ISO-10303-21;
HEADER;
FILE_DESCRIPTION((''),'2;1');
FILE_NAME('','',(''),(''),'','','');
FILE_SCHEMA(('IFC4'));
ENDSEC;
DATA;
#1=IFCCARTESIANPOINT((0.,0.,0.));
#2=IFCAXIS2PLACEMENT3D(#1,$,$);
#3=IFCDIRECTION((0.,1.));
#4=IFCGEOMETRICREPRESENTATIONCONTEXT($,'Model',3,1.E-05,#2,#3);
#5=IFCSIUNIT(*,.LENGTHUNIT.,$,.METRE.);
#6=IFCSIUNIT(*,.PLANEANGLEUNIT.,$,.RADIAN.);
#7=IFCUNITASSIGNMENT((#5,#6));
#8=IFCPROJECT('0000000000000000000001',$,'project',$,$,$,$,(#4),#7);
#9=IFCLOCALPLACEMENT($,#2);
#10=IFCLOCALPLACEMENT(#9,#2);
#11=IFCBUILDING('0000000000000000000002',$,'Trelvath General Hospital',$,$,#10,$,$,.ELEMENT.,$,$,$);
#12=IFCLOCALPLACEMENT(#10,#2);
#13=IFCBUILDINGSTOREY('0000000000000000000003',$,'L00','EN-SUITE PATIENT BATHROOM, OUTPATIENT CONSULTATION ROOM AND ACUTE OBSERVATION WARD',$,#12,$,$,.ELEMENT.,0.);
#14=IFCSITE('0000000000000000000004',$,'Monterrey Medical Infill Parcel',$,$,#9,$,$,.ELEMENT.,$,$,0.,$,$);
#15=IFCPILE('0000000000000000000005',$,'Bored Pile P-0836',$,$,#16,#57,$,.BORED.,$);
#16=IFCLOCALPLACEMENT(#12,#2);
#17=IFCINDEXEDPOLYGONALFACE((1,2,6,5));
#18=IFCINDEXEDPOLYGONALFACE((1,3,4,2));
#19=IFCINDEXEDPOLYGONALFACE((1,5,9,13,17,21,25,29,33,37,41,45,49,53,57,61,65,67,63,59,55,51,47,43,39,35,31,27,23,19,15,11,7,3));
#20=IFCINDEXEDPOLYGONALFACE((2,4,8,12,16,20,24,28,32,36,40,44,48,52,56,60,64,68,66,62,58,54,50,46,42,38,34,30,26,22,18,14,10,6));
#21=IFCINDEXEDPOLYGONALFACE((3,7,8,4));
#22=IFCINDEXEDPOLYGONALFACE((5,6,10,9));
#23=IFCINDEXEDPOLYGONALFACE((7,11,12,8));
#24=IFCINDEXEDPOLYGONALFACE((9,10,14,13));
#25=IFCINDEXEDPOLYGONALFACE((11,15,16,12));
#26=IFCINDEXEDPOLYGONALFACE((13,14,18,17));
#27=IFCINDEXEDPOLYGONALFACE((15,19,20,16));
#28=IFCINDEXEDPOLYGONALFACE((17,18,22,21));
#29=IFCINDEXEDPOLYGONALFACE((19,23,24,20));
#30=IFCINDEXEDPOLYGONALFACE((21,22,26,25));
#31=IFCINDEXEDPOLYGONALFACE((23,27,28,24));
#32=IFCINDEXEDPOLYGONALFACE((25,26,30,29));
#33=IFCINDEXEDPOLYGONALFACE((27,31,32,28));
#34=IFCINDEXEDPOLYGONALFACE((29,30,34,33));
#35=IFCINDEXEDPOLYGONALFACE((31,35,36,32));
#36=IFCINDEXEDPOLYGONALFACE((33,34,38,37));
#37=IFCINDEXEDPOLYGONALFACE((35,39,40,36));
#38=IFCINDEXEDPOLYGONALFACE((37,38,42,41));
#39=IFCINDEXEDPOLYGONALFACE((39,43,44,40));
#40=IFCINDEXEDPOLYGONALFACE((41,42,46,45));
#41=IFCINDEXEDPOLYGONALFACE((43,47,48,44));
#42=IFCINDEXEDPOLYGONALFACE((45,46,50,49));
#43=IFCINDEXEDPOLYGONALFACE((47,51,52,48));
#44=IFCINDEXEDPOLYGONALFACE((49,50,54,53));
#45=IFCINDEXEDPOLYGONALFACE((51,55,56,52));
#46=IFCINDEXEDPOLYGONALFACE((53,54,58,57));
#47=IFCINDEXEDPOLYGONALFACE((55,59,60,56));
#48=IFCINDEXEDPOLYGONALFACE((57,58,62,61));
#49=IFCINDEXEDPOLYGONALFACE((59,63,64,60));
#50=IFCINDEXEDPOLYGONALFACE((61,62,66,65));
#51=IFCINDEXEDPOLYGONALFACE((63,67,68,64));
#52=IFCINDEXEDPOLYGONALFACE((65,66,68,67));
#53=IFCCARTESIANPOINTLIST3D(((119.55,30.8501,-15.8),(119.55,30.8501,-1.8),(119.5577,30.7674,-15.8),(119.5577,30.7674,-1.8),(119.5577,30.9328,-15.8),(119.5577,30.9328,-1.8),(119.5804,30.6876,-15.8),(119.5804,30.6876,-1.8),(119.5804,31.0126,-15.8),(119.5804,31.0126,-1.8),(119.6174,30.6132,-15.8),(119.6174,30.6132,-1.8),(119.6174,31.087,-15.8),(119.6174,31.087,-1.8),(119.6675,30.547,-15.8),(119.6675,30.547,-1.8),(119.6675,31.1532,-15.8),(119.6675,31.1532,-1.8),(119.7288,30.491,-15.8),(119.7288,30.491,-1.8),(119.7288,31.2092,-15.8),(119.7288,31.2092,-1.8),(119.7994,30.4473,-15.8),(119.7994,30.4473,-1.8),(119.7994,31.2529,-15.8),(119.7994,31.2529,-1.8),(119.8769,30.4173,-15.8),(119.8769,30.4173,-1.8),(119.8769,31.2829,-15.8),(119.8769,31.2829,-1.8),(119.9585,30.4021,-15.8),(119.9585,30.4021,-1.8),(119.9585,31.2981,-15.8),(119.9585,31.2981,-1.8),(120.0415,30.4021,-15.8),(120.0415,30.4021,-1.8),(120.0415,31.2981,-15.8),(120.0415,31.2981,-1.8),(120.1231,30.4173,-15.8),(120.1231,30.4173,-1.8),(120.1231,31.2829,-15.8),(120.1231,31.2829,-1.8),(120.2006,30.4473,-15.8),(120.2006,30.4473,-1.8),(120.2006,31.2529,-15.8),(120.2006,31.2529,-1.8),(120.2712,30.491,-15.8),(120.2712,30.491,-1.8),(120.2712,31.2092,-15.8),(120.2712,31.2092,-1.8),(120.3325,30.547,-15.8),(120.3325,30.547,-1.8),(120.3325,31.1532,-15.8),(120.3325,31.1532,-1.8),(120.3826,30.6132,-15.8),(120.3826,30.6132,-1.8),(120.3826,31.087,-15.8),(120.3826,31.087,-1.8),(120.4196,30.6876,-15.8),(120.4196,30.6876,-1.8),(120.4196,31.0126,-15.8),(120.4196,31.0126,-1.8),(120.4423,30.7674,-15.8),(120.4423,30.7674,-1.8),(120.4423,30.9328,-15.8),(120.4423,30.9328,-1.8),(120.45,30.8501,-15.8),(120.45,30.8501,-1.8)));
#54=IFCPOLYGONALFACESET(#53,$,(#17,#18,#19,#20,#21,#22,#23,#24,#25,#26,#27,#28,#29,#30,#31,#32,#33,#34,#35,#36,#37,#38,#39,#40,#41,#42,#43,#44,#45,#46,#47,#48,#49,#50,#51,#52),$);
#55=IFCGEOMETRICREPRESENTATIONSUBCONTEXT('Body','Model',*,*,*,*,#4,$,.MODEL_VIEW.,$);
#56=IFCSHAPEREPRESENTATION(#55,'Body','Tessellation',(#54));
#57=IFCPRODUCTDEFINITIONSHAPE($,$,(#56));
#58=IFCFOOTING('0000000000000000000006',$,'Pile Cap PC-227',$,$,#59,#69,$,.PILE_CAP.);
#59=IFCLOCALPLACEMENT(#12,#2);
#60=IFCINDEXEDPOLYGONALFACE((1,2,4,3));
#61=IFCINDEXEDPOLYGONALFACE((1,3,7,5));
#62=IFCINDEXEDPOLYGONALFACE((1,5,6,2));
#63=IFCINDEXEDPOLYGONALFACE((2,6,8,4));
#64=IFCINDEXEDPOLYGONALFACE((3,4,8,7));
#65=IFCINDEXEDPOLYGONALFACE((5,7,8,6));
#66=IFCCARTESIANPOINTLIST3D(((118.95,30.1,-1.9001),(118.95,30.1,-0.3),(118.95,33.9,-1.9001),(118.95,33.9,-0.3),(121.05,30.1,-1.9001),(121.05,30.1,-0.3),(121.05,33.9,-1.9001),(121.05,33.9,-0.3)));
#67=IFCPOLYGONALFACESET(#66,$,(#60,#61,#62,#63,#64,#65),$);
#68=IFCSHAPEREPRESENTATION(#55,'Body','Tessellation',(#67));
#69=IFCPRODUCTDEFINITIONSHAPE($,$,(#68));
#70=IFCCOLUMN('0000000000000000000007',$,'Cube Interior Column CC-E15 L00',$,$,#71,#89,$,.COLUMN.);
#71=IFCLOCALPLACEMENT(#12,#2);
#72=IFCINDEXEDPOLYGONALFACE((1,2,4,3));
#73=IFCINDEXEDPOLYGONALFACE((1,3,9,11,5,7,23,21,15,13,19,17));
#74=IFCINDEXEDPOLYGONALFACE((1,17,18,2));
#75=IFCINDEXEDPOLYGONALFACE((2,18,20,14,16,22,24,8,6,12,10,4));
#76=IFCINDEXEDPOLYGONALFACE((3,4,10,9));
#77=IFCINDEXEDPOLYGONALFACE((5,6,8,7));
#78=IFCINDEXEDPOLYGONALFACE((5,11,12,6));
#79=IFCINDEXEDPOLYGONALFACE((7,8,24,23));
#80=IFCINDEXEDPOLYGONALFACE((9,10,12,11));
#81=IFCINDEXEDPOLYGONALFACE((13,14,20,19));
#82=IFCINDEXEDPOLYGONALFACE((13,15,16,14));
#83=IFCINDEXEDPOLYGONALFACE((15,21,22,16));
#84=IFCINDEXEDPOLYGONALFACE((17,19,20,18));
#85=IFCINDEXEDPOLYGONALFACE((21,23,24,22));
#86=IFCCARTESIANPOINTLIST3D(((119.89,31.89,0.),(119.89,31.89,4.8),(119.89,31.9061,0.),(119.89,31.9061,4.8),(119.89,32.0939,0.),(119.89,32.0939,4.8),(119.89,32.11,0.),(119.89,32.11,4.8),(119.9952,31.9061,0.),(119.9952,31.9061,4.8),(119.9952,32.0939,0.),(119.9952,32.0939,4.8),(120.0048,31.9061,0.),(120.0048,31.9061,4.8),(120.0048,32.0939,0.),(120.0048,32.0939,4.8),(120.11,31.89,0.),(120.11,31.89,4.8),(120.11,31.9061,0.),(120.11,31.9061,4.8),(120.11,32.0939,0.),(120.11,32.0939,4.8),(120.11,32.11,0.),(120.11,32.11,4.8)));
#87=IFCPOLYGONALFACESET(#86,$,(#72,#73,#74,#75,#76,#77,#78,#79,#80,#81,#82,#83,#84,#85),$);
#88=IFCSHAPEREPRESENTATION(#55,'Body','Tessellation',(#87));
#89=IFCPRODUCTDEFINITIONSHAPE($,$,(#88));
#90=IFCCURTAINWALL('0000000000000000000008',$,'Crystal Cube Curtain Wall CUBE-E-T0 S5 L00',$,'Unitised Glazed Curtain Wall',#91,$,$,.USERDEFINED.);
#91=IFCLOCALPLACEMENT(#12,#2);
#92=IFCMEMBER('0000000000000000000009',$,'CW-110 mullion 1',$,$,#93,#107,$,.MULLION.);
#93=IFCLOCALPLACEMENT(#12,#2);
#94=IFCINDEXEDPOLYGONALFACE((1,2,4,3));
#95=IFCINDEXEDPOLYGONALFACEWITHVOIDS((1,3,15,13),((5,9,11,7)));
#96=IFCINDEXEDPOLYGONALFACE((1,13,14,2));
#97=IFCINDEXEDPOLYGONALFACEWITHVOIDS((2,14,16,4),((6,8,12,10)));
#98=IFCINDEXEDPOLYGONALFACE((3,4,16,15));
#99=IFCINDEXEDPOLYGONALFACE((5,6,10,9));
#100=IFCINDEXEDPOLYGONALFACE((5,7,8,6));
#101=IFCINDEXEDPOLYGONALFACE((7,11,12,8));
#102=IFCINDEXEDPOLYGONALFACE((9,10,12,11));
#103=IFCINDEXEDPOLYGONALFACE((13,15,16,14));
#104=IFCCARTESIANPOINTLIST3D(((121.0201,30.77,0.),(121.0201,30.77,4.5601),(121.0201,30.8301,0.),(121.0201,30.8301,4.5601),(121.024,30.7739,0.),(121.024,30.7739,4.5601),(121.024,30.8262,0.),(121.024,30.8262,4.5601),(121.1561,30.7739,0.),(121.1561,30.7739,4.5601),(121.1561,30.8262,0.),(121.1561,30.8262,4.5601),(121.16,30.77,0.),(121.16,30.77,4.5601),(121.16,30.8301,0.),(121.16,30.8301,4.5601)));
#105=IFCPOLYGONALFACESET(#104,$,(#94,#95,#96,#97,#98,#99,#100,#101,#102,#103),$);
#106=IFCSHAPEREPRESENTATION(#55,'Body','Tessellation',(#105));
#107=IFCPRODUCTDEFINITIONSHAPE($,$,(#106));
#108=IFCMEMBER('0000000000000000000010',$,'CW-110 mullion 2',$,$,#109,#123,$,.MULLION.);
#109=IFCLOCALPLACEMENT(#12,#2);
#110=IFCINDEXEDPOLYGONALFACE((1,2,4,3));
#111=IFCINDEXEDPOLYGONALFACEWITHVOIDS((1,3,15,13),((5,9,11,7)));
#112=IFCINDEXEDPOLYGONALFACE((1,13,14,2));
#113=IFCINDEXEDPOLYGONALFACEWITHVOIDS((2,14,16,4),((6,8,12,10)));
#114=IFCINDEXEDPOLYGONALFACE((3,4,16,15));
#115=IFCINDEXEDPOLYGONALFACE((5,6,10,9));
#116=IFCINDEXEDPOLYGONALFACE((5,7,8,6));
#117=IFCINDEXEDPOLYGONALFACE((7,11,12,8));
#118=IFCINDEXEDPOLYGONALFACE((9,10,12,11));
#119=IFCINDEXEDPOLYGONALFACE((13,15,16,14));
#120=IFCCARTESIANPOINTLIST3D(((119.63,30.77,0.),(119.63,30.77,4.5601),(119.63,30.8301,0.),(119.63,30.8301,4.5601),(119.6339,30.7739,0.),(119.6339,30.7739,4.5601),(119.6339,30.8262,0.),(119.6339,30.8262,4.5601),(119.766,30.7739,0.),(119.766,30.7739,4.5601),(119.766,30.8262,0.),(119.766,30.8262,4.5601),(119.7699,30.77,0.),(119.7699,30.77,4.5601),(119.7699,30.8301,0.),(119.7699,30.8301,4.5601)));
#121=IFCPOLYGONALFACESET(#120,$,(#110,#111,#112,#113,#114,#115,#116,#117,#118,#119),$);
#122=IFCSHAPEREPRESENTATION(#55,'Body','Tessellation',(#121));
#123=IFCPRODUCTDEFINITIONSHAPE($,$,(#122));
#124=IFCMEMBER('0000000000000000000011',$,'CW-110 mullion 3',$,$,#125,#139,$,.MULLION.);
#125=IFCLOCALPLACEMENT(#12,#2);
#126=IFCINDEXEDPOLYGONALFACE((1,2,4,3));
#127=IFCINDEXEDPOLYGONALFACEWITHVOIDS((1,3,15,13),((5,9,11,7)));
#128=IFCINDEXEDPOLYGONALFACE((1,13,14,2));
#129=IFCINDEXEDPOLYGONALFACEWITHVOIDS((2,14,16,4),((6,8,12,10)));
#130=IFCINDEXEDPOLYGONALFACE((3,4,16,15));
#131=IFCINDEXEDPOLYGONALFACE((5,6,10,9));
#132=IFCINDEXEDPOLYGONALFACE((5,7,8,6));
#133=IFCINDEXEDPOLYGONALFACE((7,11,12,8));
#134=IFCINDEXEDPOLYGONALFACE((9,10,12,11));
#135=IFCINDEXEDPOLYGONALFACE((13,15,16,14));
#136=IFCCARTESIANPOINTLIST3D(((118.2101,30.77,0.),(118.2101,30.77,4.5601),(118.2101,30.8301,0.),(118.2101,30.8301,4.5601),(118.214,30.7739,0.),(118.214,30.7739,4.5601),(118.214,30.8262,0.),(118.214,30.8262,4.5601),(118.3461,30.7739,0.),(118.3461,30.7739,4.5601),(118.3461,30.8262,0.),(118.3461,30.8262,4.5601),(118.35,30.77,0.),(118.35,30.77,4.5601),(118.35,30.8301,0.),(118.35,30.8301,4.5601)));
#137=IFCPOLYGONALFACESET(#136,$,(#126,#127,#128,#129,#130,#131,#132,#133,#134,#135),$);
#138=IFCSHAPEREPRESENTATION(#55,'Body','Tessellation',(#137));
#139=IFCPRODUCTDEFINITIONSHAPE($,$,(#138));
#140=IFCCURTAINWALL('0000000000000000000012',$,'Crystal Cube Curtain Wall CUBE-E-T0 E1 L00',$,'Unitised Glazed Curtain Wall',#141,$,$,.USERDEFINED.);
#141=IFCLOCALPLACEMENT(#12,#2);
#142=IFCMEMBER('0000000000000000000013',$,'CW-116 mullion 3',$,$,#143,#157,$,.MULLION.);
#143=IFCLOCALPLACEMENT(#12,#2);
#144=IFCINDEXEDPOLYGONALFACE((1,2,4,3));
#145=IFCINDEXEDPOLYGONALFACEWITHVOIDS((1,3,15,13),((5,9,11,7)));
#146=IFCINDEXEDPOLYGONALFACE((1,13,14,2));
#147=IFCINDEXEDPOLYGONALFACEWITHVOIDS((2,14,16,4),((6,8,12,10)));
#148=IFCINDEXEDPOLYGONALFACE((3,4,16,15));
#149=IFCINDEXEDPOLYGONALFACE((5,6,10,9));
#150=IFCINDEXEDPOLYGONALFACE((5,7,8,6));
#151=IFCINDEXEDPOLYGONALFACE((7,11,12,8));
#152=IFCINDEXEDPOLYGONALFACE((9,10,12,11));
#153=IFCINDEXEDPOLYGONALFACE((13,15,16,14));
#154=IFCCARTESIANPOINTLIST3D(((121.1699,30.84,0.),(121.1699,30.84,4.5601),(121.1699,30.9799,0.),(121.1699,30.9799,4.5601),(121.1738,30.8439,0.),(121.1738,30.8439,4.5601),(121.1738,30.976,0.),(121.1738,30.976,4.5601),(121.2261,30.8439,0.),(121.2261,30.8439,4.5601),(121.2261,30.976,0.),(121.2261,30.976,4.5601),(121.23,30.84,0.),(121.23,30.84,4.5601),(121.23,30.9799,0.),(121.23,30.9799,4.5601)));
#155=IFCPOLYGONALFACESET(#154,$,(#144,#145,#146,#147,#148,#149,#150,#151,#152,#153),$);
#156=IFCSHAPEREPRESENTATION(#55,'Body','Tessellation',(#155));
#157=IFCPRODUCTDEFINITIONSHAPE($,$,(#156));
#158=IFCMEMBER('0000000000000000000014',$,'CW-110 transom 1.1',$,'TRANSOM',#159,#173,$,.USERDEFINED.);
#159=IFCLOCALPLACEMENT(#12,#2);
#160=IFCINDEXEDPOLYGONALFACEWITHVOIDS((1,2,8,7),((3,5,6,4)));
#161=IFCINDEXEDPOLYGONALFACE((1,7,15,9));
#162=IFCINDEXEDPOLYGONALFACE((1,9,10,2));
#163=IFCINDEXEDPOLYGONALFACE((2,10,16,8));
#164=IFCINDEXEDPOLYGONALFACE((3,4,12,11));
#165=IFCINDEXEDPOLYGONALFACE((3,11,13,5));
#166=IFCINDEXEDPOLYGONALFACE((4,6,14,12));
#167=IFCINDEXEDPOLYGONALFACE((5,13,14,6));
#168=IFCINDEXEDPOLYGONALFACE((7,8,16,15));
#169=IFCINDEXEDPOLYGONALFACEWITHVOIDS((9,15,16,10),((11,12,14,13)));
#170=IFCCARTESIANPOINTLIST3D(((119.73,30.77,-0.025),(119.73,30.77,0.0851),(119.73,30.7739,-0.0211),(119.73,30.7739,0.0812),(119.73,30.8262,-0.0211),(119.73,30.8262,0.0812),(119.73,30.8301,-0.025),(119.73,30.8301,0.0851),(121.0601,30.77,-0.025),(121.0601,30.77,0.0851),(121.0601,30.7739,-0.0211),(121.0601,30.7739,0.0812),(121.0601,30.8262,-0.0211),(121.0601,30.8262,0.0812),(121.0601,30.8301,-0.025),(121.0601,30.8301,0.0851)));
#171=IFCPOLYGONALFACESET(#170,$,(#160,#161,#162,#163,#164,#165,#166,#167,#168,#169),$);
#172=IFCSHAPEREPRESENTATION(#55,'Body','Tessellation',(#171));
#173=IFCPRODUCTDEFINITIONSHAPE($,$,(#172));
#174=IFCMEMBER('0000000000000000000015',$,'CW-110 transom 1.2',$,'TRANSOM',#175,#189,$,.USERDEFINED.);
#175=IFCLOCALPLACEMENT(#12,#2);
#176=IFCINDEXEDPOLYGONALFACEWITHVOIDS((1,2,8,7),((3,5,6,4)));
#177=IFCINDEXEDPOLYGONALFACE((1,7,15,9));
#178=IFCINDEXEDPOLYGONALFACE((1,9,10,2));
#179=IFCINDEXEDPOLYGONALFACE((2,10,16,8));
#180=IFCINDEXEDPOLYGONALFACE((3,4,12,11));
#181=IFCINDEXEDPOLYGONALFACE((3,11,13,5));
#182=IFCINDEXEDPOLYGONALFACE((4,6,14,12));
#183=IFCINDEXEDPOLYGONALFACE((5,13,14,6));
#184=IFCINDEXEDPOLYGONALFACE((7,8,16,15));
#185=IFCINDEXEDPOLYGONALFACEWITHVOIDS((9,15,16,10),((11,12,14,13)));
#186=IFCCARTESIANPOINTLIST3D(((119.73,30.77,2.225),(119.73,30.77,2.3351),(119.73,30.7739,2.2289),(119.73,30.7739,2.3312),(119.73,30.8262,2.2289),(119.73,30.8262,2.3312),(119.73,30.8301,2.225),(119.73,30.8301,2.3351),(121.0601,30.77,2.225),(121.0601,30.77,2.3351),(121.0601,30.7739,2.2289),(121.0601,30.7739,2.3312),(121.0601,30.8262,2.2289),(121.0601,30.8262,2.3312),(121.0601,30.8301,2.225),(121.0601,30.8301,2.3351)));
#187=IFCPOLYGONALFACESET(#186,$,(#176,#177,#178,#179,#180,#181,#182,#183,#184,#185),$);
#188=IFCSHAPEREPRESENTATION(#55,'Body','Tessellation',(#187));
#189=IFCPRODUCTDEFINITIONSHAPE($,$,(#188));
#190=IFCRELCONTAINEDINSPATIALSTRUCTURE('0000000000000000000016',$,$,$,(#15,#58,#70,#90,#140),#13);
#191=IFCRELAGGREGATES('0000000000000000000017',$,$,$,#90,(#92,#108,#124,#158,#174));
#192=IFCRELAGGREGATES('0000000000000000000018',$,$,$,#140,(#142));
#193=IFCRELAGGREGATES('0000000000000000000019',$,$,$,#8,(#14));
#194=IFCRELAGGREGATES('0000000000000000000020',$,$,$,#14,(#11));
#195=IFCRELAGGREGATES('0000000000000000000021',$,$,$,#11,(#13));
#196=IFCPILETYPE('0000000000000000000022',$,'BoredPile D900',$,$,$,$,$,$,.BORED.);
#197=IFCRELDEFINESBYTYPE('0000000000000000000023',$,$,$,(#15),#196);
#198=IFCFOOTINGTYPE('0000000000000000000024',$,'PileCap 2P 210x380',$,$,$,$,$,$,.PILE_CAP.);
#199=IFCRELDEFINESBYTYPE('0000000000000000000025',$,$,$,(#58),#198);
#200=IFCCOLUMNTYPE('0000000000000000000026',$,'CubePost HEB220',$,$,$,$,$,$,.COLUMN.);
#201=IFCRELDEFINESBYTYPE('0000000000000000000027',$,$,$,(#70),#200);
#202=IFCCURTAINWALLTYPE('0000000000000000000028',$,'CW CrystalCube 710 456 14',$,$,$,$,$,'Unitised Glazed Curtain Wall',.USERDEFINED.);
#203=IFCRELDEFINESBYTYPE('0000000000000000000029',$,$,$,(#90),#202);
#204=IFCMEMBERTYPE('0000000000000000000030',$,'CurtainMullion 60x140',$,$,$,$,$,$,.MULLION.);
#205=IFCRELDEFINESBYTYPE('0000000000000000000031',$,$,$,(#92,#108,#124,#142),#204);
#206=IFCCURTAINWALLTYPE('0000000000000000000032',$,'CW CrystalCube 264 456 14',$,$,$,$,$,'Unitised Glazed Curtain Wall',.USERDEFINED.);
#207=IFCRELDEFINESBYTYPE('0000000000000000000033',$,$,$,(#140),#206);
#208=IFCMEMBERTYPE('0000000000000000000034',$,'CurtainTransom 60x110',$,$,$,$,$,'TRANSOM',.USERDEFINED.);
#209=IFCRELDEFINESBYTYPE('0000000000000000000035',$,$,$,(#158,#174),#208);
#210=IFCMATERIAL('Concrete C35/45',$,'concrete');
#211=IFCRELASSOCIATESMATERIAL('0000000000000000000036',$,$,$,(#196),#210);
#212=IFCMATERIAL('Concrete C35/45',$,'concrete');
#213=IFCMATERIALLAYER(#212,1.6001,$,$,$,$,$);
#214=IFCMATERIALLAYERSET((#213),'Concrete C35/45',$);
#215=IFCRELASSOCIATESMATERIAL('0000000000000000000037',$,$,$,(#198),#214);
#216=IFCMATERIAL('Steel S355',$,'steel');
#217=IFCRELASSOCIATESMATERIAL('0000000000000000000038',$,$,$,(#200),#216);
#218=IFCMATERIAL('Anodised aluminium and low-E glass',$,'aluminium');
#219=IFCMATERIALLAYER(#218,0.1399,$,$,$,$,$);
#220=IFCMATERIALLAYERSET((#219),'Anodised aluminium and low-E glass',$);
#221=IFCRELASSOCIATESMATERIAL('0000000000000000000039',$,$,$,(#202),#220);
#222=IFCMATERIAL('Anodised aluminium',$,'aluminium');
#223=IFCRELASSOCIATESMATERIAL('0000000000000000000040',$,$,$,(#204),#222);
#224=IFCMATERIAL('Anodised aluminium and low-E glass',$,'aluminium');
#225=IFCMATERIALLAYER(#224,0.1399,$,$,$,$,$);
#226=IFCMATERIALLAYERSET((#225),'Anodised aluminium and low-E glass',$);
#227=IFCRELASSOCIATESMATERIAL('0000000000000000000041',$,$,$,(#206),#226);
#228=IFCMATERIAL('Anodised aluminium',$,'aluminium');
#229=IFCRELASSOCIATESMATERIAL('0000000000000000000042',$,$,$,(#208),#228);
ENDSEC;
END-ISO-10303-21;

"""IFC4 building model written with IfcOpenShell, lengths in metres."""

from ifc_helpers import new_model, si_unit, direction, frame, origin, origin_2d, place, context, subcontext, project, spatial, rectangle, hollow_rectangle, circle, i_section, extrude, material, layer, layer_set, material_profile, profile_set, type_object, element, aggregate, save


model = new_model("IFC4")

# Units and contexts
model_context = context("Model", 3, precision=1e-05, world=origin(), true_north=direction((0.0, 1.0)))
body_context = subcontext(model_context, "Body", "Model", "MODEL_VIEW")
ifc_project = project(units=[si_unit("LENGTHUNIT", "METRE"), si_unit("PLANEANGLEUNIT", "RADIAN")], contexts=[model_context])

# Site, building, storey
site_placement = place(None, origin())
site = spatial("IfcSite", under=ifc_project, at=site_placement, Name="Monterrey Medical Infill Parcel", CompositionType="ELEMENT", RefElevation=0.0)
building_placement = place(site_placement, origin())
building = spatial("IfcBuilding", under=site, at=building_placement, Name="Trelvath General Hospital", CompositionType="ELEMENT")
storey_placement = place(building_placement, origin())
storey = spatial("IfcBuildingStorey", under=building, at=storey_placement, Name="L00", Description="EN-SUITE PATIENT BATHROOM, OUTPATIENT CONSULTATION ROOM AND ACUTE OBSERVATION WARD", CompositionType="ELEMENT", Elevation=0.0)

# Pile
ifc_material_1 = material(Name="Concrete C35/45", Category="concrete")
ifc_material_profile_1 = material_profile(ifc_material_1, circle(Radius=0.45, at=origin_2d()), Name="PILE900")
ifc_profile_set_1 = profile_set([ifc_material_profile_1], Name="Concrete C35/45")
pile_type = type_object("IfcPileType", Name="BoredPile D900", PredefinedType="BORED", material=ifc_profile_set_1)
pile_placement = place(storey_placement, frame((120.0, 30.8501, -1.8), z_axis=(0.0, 0.0, -1.0), x_axis=(1.0, 0.0, 0.0)))
element("IfcPile", 1, at=pile_placement, inside=storey, type_object=pile_type, Name="Bored Pile P-0836", PredefinedType="BORED", context=body_context, shape_type="SweptSolid", body=[
    extrude(circle(Radius=0.45, at=origin_2d()), origin(), (0.0, 0.0, 1.0), 14.0),
])

# Footing
ifc_material_2 = material(Name="Concrete C35/45", Category="concrete")
ifc_layer_1 = layer(ifc_material_2, 1.6001)
ifc_layer_set_1 = layer_set([ifc_layer_1], Name="Concrete C35/45")
footing_type = type_object("IfcFootingType", Name="PileCap 2P 210x380", PredefinedType="PILE_CAP", material=ifc_layer_set_1)
footing_placement = place(storey_placement, frame((120.0, 32.0, -1.9001), z_axis=(0.0, 0.0, 1.0), x_axis=(1.0, 0.0, 0.0)))
element("IfcFooting", 2, at=footing_placement, inside=storey, type_object=footing_type, Name="Pile Cap PC-227", PredefinedType="PILE_CAP", context=body_context, shape_type="SweptSolid", body=[
    extrude(rectangle(XDim=2.1001, YDim=3.8, at=origin_2d()), origin(), (0.0, 0.0, 1.0), 1.6001),
])

# Column
ifc_material_3 = material(Name="Steel S355", Category="steel")
ifc_material_profile_2 = material_profile(ifc_material_3, i_section(OverallWidth=0.22, OverallDepth=0.22, WebThickness=0.0095, FlangeThickness=0.0161, at=origin_2d()), Name="HEB220")
ifc_profile_set_2 = profile_set([ifc_material_profile_2], Name="Steel S355")
column_type = type_object("IfcColumnType", Name="CubePost HEB220", PredefinedType="COLUMN", material=ifc_profile_set_2)
column_placement = place(storey_placement, frame((120.0, 32.0, 0.0), z_axis=(0.0, 0.0, 1.0), x_axis=(1.0, 0.0, 0.0)))
element("IfcColumn", 3, at=column_placement, inside=storey, type_object=column_type, Name="Cube Interior Column CC-E15 L00", PredefinedType="COLUMN", context=body_context, shape_type="SweptSolid", body=[
    extrude(i_section(OverallWidth=0.22, OverallDepth=0.22, WebThickness=0.0095, FlangeThickness=0.0161, at=origin_2d()), origin(), (0.0, 0.0, 1.0), 4.8),
])

# Curtain wall, members
ifc_material_4 = material(Name="Anodised aluminium and low-E glass", Category="aluminium")
ifc_layer_2 = layer(ifc_material_4, 0.1399)
ifc_layer_set_2 = layer_set([ifc_layer_2], Name="Anodised aluminium and low-E glass")
curtain_wall_type_1 = type_object("IfcCurtainWallType", Name="CW CrystalCube 710 456 14", ElementType="Unitised Glazed Curtain Wall", PredefinedType="USERDEFINED", material=ifc_layer_set_2)
curtain_wall_1_placement = place(storey_placement, origin())
curtain_wall_1 = element("IfcCurtainWall", 4, at=curtain_wall_1_placement, inside=storey, type_object=curtain_wall_type_1, Name="Crystal Cube Curtain Wall CUBE-E-T0 S5 L00", ObjectType="Unitised Glazed Curtain Wall", PredefinedType="USERDEFINED")
ifc_material_5 = material(Name="Anodised aluminium", Category="aluminium")
ifc_material_profile_3 = material_profile(ifc_material_5, hollow_rectangle(XDim=0.0601, YDim=0.1399, WallThickness=0.0039, at=origin_2d()), Name="RHS60x140x4")
ifc_profile_set_3 = profile_set([ifc_material_profile_3], Name="Anodised aluminium")
member_type_1 = type_object("IfcMemberType", Name="CurtainMullion 60x140", PredefinedType="MULLION", material=ifc_profile_set_3)
member_1_placement = place(storey_placement, frame((121.0901, 30.8, 0.0), z_axis=(0.0, 0.0, 1.0), x_axis=(0.0, -1.0, 0.0)))
member_1 = element("IfcMember", 5, at=member_1_placement, type_object=member_type_1, Name="CW-110 mullion 1", PredefinedType="MULLION", context=body_context, shape_type="SweptSolid", body=[
    extrude(hollow_rectangle(XDim=0.0601, YDim=0.1399, WallThickness=0.0039, at=origin_2d()), origin(), (0.0, 0.0, 1.0), 4.5601),
])
member_2_placement = place(storey_placement, frame((119.7, 30.8, 0.0), z_axis=(0.0, 0.0, 1.0), x_axis=(0.0, -1.0, 0.0)))
member_2 = element("IfcMember", 6, at=member_2_placement, type_object=member_type_1, Name="CW-110 mullion 2", PredefinedType="MULLION", context=body_context, shape_type="SweptSolid", body=[
    extrude(hollow_rectangle(XDim=0.0601, YDim=0.1399, WallThickness=0.0039, at=origin_2d()), origin(), (0.0, 0.0, 1.0), 4.5601),
])
member_3_placement = place(storey_placement, frame((118.28, 30.8, 0.0), z_axis=(0.0, 0.0, 1.0), x_axis=(0.0, -1.0, 0.0)))
member_3 = element("IfcMember", 7, at=member_3_placement, type_object=member_type_1, Name="CW-110 mullion 3", PredefinedType="MULLION", context=body_context, shape_type="SweptSolid", body=[
    extrude(hollow_rectangle(XDim=0.0601, YDim=0.1399, WallThickness=0.0039, at=origin_2d()), origin(), (0.0, 0.0, 1.0), 4.5601),
])

# Curtain wall, member
ifc_material_6 = material(Name="Anodised aluminium and low-E glass", Category="aluminium")
ifc_layer_3 = layer(ifc_material_6, 0.1399)
ifc_layer_set_3 = layer_set([ifc_layer_3], Name="Anodised aluminium and low-E glass")
curtain_wall_type_2 = type_object("IfcCurtainWallType", Name="CW CrystalCube 264 456 14", ElementType="Unitised Glazed Curtain Wall", PredefinedType="USERDEFINED", material=ifc_layer_set_3)
curtain_wall_2_placement = place(storey_placement, origin())
curtain_wall_2 = element("IfcCurtainWall", 8, at=curtain_wall_2_placement, inside=storey, type_object=curtain_wall_type_2, Name="Crystal Cube Curtain Wall CUBE-E-T0 E1 L00", ObjectType="Unitised Glazed Curtain Wall", PredefinedType="USERDEFINED")
member_4_placement = place(storey_placement, frame((121.2, 30.9099, 0.0), z_axis=(0.0, 0.0, 1.0), x_axis=(1.0, 0.0, 0.0)))
member_4 = element("IfcMember", 9, at=member_4_placement, type_object=member_type_1, Name="CW-116 mullion 3", PredefinedType="MULLION", context=body_context, shape_type="SweptSolid", body=[
    extrude(hollow_rectangle(XDim=0.0601, YDim=0.1399, WallThickness=0.0039, at=origin_2d()), origin(), (0.0, 0.0, 1.0), 4.5601),
])

# Members
ifc_material_7 = material(Name="Anodised aluminium", Category="aluminium")
ifc_material_profile_4 = material_profile(ifc_material_7, hollow_rectangle(XDim=0.0601, YDim=0.1101, WallThickness=0.0039, at=origin_2d()), Name="RHS60x110x4")
ifc_profile_set_4 = profile_set([ifc_material_profile_4], Name="Anodised aluminium")
member_type_2 = type_object("IfcMemberType", Name="CurtainTransom 60x110", ElementType="TRANSOM", PredefinedType="USERDEFINED", material=ifc_profile_set_4)
member_5_placement = place(storey_placement, frame((121.0601, 30.8, 0.03), z_axis=(-1.0, 0.0, 0.0), x_axis=(0.0, -1.0, 0.0)))
member_5 = element("IfcMember", 10, at=member_5_placement, type_object=member_type_2, Name="CW-110 transom 1.1", ObjectType="TRANSOM", PredefinedType="USERDEFINED", context=body_context, shape_type="SweptSolid", body=[
    extrude(hollow_rectangle(XDim=0.0601, YDim=0.1101, WallThickness=0.0039, at=origin_2d()), origin(), (0.0, 0.0, 1.0), 1.3301),
])
member_6_placement = place(storey_placement, frame((121.0601, 30.8, 2.28), z_axis=(-1.0, 0.0, 0.0), x_axis=(0.0, -1.0, 0.0)))
member_6 = element("IfcMember", 11, at=member_6_placement, type_object=member_type_2, Name="CW-110 transom 1.2", ObjectType="TRANSOM", PredefinedType="USERDEFINED", context=body_context, shape_type="SweptSolid", body=[
    extrude(hollow_rectangle(XDim=0.0601, YDim=0.1101, WallThickness=0.0039, at=origin_2d()), origin(), (0.0, 0.0, 1.0), 1.3301),
])

aggregate(curtain_wall_1, [member_1, member_2, member_3, member_5, member_6])
aggregate(curtain_wall_2, [member_4])

save(model, "model.ifc")
